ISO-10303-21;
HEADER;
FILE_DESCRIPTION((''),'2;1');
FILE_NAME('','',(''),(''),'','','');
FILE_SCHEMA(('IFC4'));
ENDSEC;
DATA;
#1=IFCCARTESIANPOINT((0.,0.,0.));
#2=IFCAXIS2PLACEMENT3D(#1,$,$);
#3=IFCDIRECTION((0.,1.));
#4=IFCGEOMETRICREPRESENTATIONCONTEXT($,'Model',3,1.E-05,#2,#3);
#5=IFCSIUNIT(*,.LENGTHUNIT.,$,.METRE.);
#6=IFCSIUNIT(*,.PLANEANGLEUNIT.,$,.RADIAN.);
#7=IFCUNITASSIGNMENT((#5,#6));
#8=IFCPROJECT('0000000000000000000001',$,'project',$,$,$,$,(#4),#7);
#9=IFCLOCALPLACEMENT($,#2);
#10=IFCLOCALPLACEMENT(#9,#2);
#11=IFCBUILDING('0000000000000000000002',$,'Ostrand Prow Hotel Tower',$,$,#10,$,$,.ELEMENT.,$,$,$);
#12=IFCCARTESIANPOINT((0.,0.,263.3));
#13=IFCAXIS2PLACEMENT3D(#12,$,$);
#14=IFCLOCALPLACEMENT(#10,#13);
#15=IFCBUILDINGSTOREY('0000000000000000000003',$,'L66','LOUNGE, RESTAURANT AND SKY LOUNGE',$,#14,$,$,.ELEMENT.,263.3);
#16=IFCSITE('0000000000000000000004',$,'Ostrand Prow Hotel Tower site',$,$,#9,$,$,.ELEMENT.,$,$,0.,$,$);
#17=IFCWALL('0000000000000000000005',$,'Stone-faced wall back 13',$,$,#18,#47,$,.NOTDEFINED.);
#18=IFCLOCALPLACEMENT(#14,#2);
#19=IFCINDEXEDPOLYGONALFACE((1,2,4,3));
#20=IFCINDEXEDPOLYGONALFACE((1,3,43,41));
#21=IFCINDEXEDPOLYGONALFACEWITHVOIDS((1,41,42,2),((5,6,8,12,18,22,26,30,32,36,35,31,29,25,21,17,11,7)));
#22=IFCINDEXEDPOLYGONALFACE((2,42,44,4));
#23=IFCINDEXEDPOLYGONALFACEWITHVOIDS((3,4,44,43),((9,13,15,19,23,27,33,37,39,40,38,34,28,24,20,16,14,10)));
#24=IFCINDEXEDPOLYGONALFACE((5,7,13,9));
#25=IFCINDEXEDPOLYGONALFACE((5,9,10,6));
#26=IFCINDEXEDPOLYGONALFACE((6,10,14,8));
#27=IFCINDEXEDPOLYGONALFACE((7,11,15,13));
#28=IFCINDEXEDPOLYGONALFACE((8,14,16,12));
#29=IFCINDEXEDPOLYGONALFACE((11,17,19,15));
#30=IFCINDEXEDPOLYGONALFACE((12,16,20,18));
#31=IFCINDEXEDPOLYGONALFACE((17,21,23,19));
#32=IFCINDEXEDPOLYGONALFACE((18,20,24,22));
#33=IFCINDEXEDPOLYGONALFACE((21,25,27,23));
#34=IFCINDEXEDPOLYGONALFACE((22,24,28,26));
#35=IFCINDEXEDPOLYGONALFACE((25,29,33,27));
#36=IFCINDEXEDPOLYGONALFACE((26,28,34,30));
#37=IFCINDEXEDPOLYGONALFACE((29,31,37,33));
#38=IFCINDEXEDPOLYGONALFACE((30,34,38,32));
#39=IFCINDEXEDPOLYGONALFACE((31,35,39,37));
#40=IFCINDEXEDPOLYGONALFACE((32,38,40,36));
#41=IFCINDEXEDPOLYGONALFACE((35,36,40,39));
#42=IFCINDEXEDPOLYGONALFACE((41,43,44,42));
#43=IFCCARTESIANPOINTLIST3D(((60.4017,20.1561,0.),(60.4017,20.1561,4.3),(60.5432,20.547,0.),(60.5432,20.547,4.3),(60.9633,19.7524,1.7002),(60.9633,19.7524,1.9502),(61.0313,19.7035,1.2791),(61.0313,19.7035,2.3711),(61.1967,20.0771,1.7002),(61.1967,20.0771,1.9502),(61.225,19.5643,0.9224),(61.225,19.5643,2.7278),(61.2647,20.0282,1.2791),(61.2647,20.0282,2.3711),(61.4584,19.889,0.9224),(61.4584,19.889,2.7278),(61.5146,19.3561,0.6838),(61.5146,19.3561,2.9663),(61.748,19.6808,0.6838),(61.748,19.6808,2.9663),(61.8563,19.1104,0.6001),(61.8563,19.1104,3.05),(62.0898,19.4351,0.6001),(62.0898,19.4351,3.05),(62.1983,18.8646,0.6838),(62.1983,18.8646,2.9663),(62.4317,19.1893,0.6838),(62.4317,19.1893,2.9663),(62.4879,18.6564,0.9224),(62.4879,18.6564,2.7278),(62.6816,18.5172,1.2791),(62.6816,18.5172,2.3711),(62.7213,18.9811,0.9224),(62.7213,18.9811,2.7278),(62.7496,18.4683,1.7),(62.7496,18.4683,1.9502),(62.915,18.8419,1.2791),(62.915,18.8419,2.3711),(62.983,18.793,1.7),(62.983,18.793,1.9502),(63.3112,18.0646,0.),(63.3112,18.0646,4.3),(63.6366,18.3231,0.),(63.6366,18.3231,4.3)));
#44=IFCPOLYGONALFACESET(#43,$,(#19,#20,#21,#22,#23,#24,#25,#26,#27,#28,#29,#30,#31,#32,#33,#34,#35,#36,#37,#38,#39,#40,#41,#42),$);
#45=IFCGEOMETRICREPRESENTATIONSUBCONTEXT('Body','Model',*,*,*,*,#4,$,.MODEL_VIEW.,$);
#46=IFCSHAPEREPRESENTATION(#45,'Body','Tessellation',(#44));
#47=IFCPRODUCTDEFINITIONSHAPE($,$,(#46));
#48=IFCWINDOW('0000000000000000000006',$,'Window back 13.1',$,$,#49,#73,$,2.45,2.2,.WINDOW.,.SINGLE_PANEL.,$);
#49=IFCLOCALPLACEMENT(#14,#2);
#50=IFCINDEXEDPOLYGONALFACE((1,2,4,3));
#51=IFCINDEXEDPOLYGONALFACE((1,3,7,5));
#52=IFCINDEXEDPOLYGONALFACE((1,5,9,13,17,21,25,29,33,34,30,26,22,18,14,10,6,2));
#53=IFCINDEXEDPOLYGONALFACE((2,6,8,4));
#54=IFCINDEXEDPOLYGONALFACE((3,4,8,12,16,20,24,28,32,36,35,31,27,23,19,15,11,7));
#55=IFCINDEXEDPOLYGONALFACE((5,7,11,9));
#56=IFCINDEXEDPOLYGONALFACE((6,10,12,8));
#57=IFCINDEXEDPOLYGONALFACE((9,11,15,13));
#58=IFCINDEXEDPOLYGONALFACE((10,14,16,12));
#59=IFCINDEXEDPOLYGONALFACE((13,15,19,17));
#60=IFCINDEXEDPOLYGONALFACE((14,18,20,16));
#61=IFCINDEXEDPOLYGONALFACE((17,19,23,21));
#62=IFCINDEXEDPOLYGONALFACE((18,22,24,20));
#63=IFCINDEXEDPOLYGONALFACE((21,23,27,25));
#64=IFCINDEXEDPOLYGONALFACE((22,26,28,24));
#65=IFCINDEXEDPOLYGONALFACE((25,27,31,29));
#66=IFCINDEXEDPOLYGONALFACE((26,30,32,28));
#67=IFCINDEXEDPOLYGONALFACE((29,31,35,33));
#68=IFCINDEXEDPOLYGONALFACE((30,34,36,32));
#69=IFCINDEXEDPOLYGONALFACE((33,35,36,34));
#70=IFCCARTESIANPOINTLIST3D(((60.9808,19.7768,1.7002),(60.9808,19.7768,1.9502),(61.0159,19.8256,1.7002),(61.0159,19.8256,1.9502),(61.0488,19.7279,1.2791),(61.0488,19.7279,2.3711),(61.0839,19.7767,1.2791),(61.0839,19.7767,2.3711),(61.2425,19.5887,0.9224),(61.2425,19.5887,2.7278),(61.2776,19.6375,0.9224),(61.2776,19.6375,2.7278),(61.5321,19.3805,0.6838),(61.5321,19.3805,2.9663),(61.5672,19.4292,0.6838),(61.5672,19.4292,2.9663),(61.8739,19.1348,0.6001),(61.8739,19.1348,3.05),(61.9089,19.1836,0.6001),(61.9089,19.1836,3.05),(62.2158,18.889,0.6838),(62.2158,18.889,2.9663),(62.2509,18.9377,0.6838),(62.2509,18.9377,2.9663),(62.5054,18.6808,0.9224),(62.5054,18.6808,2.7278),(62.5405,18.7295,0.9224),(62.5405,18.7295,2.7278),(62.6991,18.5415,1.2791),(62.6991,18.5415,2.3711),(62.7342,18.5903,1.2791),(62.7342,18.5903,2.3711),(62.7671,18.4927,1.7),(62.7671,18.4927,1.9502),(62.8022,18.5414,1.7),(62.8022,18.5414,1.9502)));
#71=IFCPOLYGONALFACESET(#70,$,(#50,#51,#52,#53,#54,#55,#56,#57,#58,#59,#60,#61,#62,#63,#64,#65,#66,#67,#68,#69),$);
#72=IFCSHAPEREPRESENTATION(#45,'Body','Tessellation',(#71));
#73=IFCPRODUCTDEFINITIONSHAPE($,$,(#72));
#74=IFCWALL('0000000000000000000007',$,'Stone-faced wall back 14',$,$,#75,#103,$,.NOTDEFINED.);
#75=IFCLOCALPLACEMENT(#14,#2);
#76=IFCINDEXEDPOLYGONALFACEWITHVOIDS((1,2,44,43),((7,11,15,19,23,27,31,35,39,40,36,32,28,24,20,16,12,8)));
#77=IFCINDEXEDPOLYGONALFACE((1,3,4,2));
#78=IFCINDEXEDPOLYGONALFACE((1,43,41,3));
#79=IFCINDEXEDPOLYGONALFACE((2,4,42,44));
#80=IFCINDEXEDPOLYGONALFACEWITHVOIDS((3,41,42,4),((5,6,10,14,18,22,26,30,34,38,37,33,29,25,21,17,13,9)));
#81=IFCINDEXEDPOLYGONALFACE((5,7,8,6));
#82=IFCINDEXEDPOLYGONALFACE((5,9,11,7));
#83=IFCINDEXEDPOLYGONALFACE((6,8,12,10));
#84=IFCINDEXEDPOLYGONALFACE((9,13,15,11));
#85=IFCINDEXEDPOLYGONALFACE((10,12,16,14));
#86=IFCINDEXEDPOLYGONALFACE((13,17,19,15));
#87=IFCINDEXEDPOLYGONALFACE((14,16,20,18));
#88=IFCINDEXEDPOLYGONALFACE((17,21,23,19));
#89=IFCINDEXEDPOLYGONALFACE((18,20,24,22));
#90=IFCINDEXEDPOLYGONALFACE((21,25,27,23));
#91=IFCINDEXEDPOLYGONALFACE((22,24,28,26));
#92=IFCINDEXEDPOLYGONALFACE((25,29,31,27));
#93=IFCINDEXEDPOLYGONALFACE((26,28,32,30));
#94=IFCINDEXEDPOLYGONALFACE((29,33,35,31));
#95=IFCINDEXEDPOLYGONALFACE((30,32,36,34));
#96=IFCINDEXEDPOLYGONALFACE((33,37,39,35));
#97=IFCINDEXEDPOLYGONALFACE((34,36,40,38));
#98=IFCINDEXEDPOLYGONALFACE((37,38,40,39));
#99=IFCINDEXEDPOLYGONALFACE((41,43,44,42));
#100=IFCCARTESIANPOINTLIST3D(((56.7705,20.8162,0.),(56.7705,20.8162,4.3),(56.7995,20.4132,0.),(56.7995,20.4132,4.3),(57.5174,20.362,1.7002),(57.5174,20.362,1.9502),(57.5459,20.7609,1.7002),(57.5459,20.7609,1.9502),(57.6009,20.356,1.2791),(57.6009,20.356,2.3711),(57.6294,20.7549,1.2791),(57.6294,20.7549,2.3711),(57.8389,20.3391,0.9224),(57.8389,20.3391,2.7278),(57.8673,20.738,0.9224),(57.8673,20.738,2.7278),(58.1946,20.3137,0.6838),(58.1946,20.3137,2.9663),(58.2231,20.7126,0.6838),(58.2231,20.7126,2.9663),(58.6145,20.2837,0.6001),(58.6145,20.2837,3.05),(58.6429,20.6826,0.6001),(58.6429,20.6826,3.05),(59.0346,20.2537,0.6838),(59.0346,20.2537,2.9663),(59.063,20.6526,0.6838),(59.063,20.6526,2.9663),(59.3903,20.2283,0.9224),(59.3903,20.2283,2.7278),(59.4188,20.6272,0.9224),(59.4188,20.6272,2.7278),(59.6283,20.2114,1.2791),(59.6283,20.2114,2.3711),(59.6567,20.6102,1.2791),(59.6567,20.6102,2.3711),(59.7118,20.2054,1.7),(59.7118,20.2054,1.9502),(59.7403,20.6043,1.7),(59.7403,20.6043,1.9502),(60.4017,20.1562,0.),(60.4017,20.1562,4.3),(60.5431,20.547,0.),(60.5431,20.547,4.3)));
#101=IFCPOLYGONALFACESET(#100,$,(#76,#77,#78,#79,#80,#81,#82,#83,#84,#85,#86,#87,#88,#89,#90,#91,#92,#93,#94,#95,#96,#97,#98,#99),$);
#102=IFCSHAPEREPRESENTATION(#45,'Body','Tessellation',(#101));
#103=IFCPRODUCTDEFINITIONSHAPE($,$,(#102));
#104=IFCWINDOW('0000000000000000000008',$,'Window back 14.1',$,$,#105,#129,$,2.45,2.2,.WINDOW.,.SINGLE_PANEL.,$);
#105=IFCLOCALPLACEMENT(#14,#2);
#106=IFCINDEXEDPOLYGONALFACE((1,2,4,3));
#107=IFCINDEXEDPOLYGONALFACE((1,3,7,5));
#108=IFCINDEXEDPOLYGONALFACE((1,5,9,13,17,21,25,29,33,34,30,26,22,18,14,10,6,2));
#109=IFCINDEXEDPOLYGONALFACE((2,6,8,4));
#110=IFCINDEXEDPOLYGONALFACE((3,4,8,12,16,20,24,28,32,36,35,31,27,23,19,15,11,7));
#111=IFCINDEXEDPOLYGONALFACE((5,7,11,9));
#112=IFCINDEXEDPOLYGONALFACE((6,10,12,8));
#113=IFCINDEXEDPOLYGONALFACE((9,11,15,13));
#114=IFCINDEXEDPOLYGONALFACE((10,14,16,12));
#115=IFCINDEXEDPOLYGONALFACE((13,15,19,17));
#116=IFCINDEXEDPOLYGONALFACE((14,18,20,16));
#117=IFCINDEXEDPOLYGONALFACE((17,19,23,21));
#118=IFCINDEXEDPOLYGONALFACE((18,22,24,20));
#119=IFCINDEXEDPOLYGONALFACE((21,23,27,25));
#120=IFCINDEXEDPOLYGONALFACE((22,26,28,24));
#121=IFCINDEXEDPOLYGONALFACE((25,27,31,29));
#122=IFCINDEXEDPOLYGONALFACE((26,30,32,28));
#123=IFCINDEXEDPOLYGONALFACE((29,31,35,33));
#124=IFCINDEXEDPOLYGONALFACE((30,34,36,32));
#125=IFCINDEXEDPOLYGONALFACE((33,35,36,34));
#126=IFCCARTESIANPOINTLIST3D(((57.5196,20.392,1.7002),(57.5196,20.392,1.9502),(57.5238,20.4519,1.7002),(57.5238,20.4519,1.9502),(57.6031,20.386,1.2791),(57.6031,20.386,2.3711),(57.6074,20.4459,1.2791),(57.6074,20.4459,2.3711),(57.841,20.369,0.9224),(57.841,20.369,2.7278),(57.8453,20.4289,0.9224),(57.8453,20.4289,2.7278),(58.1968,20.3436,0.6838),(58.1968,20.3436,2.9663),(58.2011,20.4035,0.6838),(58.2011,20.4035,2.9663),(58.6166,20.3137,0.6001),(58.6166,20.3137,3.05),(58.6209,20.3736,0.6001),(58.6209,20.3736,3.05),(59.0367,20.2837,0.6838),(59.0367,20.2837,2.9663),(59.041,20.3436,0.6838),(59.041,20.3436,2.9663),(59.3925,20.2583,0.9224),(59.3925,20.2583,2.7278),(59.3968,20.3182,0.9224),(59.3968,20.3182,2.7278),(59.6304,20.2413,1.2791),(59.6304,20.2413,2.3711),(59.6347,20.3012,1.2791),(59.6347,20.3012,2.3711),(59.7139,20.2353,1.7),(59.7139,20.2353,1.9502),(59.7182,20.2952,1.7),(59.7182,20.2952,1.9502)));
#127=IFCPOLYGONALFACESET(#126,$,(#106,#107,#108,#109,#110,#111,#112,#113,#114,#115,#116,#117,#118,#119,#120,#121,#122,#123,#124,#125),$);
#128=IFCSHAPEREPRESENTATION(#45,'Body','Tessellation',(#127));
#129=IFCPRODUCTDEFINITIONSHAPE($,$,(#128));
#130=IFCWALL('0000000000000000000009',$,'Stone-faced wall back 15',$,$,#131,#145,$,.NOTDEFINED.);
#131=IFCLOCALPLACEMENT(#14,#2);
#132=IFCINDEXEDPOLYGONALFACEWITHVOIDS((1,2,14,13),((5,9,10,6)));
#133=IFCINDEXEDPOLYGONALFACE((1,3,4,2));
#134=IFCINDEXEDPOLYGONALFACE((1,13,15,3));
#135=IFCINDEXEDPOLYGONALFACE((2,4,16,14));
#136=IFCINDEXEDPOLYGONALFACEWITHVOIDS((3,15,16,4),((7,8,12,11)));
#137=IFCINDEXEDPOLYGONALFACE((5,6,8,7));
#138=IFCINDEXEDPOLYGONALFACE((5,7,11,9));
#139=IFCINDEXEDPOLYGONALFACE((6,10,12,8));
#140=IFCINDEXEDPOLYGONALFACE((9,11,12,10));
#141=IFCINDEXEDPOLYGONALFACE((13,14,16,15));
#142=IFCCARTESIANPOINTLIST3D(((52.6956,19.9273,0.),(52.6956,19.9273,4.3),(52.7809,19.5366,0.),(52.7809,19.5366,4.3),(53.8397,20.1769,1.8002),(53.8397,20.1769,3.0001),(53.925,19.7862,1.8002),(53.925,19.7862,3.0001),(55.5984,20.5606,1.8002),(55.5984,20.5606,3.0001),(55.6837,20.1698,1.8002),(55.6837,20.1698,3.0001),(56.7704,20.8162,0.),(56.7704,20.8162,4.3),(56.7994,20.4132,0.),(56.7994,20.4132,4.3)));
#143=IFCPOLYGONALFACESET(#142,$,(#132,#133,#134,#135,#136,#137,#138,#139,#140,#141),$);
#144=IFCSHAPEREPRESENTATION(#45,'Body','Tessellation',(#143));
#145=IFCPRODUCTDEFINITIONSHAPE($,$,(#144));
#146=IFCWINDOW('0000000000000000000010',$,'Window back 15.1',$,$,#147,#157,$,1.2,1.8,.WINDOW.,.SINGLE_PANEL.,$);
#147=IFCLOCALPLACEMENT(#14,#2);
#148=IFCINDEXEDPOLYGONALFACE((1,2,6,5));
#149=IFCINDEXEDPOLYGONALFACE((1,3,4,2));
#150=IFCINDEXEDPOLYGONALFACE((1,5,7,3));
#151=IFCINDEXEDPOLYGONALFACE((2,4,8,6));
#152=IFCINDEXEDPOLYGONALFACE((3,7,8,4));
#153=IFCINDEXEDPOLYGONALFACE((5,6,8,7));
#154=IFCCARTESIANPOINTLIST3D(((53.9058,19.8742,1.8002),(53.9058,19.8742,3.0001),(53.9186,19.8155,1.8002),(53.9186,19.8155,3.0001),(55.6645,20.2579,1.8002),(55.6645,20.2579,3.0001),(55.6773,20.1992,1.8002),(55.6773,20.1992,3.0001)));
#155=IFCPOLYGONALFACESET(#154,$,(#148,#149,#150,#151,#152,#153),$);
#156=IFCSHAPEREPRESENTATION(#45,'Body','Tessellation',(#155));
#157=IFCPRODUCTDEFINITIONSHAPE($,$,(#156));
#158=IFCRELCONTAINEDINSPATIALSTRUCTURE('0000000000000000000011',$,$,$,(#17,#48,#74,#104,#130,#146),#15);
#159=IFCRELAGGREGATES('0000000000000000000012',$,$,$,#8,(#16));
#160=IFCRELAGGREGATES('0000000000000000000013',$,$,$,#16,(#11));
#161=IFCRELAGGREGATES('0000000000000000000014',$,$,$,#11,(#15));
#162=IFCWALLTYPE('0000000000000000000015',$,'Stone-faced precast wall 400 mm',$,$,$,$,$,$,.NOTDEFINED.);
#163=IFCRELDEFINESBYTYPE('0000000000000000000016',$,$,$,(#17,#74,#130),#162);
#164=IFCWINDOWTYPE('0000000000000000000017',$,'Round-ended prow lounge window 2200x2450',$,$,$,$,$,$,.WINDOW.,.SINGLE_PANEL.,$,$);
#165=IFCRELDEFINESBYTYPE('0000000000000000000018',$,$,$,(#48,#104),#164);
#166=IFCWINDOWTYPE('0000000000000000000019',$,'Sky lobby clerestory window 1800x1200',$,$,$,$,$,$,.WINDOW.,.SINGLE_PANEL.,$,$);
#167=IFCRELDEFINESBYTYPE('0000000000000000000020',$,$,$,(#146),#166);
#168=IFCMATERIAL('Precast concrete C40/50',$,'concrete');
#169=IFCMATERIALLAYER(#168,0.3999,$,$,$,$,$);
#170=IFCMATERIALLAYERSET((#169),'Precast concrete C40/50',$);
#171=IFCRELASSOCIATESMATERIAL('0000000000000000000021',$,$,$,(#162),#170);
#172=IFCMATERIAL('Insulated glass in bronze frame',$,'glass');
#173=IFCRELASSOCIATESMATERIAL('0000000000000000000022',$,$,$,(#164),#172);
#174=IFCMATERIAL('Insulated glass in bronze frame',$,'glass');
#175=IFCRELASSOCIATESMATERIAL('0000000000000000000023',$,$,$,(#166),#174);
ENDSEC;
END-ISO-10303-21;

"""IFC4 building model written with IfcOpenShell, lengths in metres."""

from ifc_helpers import new_model, si_unit, direction, frame, frame_2d, origin, place, context, subcontext, project, spatial, polyline, rectangle, outline, extrude, material, layer, layer_set, type_object, element, fill, save


model = new_model("IFC4")

# Units and contexts
model_context = context("Model", 3, precision=1e-05, world=origin(), true_north=direction((0.0, 1.0)))
body_context = subcontext(model_context, "Body", "Model", "MODEL_VIEW")
ifc_project = project(units=[si_unit("LENGTHUNIT", "METRE"), si_unit("PLANEANGLEUNIT", "RADIAN")], contexts=[model_context])

# Site, building, storey
site_placement = place(None, origin())
site = spatial("IfcSite", under=ifc_project, at=site_placement, Name="Ostrand Prow Hotel Tower site", CompositionType="ELEMENT", RefElevation=0.0)
building_placement = place(site_placement, origin())
building = spatial("IfcBuilding", under=site, at=building_placement, Name="Ostrand Prow Hotel Tower", CompositionType="ELEMENT")
storey_placement = place(building_placement, frame((0.0, 0.0, 263.3)))
storey = spatial("IfcBuildingStorey", under=building, at=storey_placement, Name="L66", Description="LOUNGE, RESTAURANT AND SKY LOUNGE", CompositionType="ELEMENT", Elevation=263.3)

# Walls, openings, windows
ifc_material_1 = material(Name="Precast concrete C40/50", Category="concrete")
ifc_layer_1 = layer(ifc_material_1, 0.3999)
ifc_layer_set_1 = layer_set([ifc_layer_1], Name="Precast concrete C40/50")
wall_type_1 = type_object("IfcWallType", Name="Stone-faced precast wall 400 mm", PredefinedType="NOTDEFINED", material=ifc_layer_set_1)
wall_1_placement = place(storey_placement, frame((63.4739, 18.1938, 0.0), z_axis=(0.0, 0.0, 1.0), x_axis=(-0.811963, 0.58371, 0.0)))
wall_1 = element("IfcWall", 1, at=wall_1_placement, inside=storey, type_object=wall_type_1, Name="Stone-faced wall back 13", PredefinedType="NOTDEFINED", context=body_context, shape_type="SweptSolid", body=[
    extrude(outline(polyline([(-0.0566, -0.2), (3.7532, -0.2), (3.6399, 0.2), (0.0566, 0.2), (-0.0566, -0.2)])), origin(), (0.0, 0.0, 1.0), 4.3),
])
opening_1_placement = place(wall_1_placement, frame((0.7483, 0.0, 0.6001)))
opening_1 = element("IfcOpeningElement", 2, at=opening_1_placement, cuts=wall_1, PredefinedType="OPENING", context=body_context, shape_type="SweptSolid", body=[
    extrude(outline(polyline([(0.0, 1.3501), (0.0837, 1.771), (0.3223, 2.1277), (0.679, 2.3662), (1.1001, 2.45), (1.521, 2.3662), (1.8777, 2.1277), (2.1162, 1.771), (2.2, 1.3501), (2.2, 1.1001), (2.1162, 0.679), (1.8777, 0.3223), (1.521, 0.0837), (1.1001, 0.0), (0.679, 0.0837), (0.3223, 0.3223), (0.0837, 0.679), (0.0, 1.0999), (0.0, 1.3501)])), frame((0.0, 0.21, 0.0), z_axis=(0.0, -1.0, 0.0), x_axis=(1.0, 0.0, 0.0)), (0.0, 0.0, 1.0), 0.4199),
])
ifc_material_2 = material(Name="Insulated glass in bronze frame", Category="glass")
window_type_1 = type_object("IfcWindowType", Name="Round-ended prow lounge window 2200x2450", PartitioningType="SINGLE_PANEL", PredefinedType="WINDOW", material=ifc_material_2)
window_1_placement = place(opening_1_placement, origin())
window_1 = element("IfcWindow", 3, at=window_1_placement, inside=storey, type_object=window_type_1, Name="Window back 13.1", OverallHeight=2.45, OverallWidth=2.2, PartitioningType="SINGLE_PANEL", PredefinedType="WINDOW", context=body_context, shape_type="SweptSolid", body=[
    extrude(outline(polyline([(0.0, 1.3501), (0.0837, 1.771), (0.3223, 2.1277), (0.679, 2.3662), (1.1001, 2.45), (1.521, 2.3662), (1.8777, 2.1277), (2.1162, 1.771), (2.2, 1.3501), (2.2, 1.1001), (2.1162, 0.679), (1.8777, 0.3223), (1.521, 0.0837), (1.1001, 0.0), (0.679, 0.0837), (0.3223, 0.3223), (0.0837, 0.679), (0.0, 1.0999), (0.0, 1.3501)])), frame((0.0, 0.1699, 0.0), z_axis=(0.0, -1.0, 0.0), x_axis=(1.0, 0.0, 0.0)), (0.0, 0.0, 1.0), 0.0601),
])
fill(opening_1, window_1)
wall_2_placement = place(storey_placement, frame((60.4724, 20.3516, 0.0), z_axis=(0.0, 0.0, 1.0), x_axis=(-0.997463, 0.071191, 0.0)))
wall_2 = element("IfcWall", 4, at=wall_2_placement, inside=storey, type_object=wall_type_1, Name="Stone-faced wall back 14", PredefinedType="NOTDEFINED", context=body_context, shape_type="SweptSolid", body=[
    extrude(outline(polyline([(-0.0566, -0.2), (3.7256, -0.2), (3.668, 0.2), (0.0566, 0.2), (-0.0566, -0.2)])), origin(), (0.0, 0.0, 1.0), 4.3),
])
opening_2_placement = place(wall_2_placement, frame((0.7483, 0.0, 0.6001)))
opening_2 = element("IfcOpeningElement", 5, at=opening_2_placement, cuts=wall_2, PredefinedType="OPENING", context=body_context, shape_type="SweptSolid", body=[
    extrude(outline(polyline([(0.0, 1.3501), (0.0837, 1.771), (0.3223, 2.1277), (0.679, 2.3662), (1.1001, 2.45), (1.521, 2.3662), (1.8777, 2.1277), (2.1162, 1.771), (2.2, 1.3501), (2.2, 1.1001), (2.1162, 0.679), (1.8777, 0.3223), (1.521, 0.0837), (1.1001, 0.0), (0.679, 0.0837), (0.3223, 0.3223), (0.0837, 0.679), (0.0, 1.0999), (0.0, 1.3501)])), frame((0.0, 0.21, 0.0), z_axis=(0.0, -1.0, 0.0), x_axis=(1.0, 0.0, 0.0)), (0.0, 0.0, 1.0), 0.4199),
])
window_2_placement = place(opening_2_placement, origin())
window_2 = element("IfcWindow", 6, at=window_2_placement, inside=storey, type_object=window_type_1, Name="Window back 14.1", OverallHeight=2.45, OverallWidth=2.2, PartitioningType="SINGLE_PANEL", PredefinedType="WINDOW", context=body_context, shape_type="SweptSolid", body=[
    extrude(outline(polyline([(0.0, 1.3501), (0.0837, 1.771), (0.3223, 2.1277), (0.679, 2.3662), (1.1001, 2.45), (1.521, 2.3662), (1.8777, 2.1277), (2.1162, 1.771), (2.2, 1.3501), (2.2, 1.1001), (2.1162, 0.679), (1.8777, 0.3223), (1.521, 0.0837), (1.1001, 0.0), (0.679, 0.0837), (0.3223, 0.3223), (0.0837, 0.679), (0.0, 1.0999), (0.0, 1.3501)])), frame((0.0, 0.1699, 0.0), z_axis=(0.0, -1.0, 0.0), x_axis=(1.0, 0.0, 0.0)), (0.0, 0.0, 1.0), 0.0601),
])
fill(opening_2, window_2)
wall_3_placement = place(storey_placement, frame((56.7849, 20.6147, 0.0), z_axis=(0.0, 0.0, 1.0), x_axis=(-0.97702, -0.213147, 0.0)))
wall_3 = element("IfcWall", 7, at=wall_3_placement, inside=storey, type_object=wall_type_1, Name="Stone-faced wall back 15", PredefinedType="NOTDEFINED", context=body_context, shape_type="SweptSolid", body=[
    extrude(outline(polyline([(-0.0288, -0.2), (4.1418, -0.2), (4.1418, 0.2), (0.0288, 0.2), (-0.0288, -0.2)])), origin(), (0.0, 0.0, 1.0), 4.3),
])
opening_3_placement = place(wall_3_placement, frame((1.1709, 0.0, 1.8)))
opening_3 = element("IfcOpeningElement", 8, at=opening_3_placement, cuts=wall_3, PredefinedType="OPENING", context=body_context, shape_type="SweptSolid", body=[
    extrude(rectangle(XDim=1.8, YDim=1.2, at=frame_2d((0.8999, 0.6001))), frame((0.0, 0.21, 0.0), z_axis=(0.0, -1.0, 0.0), x_axis=(1.0, 0.0, 0.0)), (0.0, 0.0, 1.0), 0.4199),
])
ifc_material_3 = material(Name="Insulated glass in bronze frame", Category="glass")
window_type_2 = type_object("IfcWindowType", Name="Sky lobby clerestory window 1800x1200", PartitioningType="SINGLE_PANEL", PredefinedType="WINDOW", material=ifc_material_3)
window_3_placement = place(opening_3_placement, origin())
window_3 = element("IfcWindow", 9, at=window_3_placement, inside=storey, type_object=window_type_2, Name="Window back 15.1", OverallHeight=1.2, OverallWidth=1.8, PartitioningType="SINGLE_PANEL", PredefinedType="WINDOW", context=body_context, shape_type="SweptSolid", body=[
    extrude(rectangle(XDim=1.8, YDim=1.2, at=frame_2d((0.8999, 0.6001))), frame((0.0, 0.1699, 0.0), z_axis=(0.0, -1.0, 0.0), x_axis=(1.0, 0.0, 0.0)), (0.0, 0.0, 1.0), 0.0601),
])
fill(opening_3, window_3)

save(model, "model.ifc")
